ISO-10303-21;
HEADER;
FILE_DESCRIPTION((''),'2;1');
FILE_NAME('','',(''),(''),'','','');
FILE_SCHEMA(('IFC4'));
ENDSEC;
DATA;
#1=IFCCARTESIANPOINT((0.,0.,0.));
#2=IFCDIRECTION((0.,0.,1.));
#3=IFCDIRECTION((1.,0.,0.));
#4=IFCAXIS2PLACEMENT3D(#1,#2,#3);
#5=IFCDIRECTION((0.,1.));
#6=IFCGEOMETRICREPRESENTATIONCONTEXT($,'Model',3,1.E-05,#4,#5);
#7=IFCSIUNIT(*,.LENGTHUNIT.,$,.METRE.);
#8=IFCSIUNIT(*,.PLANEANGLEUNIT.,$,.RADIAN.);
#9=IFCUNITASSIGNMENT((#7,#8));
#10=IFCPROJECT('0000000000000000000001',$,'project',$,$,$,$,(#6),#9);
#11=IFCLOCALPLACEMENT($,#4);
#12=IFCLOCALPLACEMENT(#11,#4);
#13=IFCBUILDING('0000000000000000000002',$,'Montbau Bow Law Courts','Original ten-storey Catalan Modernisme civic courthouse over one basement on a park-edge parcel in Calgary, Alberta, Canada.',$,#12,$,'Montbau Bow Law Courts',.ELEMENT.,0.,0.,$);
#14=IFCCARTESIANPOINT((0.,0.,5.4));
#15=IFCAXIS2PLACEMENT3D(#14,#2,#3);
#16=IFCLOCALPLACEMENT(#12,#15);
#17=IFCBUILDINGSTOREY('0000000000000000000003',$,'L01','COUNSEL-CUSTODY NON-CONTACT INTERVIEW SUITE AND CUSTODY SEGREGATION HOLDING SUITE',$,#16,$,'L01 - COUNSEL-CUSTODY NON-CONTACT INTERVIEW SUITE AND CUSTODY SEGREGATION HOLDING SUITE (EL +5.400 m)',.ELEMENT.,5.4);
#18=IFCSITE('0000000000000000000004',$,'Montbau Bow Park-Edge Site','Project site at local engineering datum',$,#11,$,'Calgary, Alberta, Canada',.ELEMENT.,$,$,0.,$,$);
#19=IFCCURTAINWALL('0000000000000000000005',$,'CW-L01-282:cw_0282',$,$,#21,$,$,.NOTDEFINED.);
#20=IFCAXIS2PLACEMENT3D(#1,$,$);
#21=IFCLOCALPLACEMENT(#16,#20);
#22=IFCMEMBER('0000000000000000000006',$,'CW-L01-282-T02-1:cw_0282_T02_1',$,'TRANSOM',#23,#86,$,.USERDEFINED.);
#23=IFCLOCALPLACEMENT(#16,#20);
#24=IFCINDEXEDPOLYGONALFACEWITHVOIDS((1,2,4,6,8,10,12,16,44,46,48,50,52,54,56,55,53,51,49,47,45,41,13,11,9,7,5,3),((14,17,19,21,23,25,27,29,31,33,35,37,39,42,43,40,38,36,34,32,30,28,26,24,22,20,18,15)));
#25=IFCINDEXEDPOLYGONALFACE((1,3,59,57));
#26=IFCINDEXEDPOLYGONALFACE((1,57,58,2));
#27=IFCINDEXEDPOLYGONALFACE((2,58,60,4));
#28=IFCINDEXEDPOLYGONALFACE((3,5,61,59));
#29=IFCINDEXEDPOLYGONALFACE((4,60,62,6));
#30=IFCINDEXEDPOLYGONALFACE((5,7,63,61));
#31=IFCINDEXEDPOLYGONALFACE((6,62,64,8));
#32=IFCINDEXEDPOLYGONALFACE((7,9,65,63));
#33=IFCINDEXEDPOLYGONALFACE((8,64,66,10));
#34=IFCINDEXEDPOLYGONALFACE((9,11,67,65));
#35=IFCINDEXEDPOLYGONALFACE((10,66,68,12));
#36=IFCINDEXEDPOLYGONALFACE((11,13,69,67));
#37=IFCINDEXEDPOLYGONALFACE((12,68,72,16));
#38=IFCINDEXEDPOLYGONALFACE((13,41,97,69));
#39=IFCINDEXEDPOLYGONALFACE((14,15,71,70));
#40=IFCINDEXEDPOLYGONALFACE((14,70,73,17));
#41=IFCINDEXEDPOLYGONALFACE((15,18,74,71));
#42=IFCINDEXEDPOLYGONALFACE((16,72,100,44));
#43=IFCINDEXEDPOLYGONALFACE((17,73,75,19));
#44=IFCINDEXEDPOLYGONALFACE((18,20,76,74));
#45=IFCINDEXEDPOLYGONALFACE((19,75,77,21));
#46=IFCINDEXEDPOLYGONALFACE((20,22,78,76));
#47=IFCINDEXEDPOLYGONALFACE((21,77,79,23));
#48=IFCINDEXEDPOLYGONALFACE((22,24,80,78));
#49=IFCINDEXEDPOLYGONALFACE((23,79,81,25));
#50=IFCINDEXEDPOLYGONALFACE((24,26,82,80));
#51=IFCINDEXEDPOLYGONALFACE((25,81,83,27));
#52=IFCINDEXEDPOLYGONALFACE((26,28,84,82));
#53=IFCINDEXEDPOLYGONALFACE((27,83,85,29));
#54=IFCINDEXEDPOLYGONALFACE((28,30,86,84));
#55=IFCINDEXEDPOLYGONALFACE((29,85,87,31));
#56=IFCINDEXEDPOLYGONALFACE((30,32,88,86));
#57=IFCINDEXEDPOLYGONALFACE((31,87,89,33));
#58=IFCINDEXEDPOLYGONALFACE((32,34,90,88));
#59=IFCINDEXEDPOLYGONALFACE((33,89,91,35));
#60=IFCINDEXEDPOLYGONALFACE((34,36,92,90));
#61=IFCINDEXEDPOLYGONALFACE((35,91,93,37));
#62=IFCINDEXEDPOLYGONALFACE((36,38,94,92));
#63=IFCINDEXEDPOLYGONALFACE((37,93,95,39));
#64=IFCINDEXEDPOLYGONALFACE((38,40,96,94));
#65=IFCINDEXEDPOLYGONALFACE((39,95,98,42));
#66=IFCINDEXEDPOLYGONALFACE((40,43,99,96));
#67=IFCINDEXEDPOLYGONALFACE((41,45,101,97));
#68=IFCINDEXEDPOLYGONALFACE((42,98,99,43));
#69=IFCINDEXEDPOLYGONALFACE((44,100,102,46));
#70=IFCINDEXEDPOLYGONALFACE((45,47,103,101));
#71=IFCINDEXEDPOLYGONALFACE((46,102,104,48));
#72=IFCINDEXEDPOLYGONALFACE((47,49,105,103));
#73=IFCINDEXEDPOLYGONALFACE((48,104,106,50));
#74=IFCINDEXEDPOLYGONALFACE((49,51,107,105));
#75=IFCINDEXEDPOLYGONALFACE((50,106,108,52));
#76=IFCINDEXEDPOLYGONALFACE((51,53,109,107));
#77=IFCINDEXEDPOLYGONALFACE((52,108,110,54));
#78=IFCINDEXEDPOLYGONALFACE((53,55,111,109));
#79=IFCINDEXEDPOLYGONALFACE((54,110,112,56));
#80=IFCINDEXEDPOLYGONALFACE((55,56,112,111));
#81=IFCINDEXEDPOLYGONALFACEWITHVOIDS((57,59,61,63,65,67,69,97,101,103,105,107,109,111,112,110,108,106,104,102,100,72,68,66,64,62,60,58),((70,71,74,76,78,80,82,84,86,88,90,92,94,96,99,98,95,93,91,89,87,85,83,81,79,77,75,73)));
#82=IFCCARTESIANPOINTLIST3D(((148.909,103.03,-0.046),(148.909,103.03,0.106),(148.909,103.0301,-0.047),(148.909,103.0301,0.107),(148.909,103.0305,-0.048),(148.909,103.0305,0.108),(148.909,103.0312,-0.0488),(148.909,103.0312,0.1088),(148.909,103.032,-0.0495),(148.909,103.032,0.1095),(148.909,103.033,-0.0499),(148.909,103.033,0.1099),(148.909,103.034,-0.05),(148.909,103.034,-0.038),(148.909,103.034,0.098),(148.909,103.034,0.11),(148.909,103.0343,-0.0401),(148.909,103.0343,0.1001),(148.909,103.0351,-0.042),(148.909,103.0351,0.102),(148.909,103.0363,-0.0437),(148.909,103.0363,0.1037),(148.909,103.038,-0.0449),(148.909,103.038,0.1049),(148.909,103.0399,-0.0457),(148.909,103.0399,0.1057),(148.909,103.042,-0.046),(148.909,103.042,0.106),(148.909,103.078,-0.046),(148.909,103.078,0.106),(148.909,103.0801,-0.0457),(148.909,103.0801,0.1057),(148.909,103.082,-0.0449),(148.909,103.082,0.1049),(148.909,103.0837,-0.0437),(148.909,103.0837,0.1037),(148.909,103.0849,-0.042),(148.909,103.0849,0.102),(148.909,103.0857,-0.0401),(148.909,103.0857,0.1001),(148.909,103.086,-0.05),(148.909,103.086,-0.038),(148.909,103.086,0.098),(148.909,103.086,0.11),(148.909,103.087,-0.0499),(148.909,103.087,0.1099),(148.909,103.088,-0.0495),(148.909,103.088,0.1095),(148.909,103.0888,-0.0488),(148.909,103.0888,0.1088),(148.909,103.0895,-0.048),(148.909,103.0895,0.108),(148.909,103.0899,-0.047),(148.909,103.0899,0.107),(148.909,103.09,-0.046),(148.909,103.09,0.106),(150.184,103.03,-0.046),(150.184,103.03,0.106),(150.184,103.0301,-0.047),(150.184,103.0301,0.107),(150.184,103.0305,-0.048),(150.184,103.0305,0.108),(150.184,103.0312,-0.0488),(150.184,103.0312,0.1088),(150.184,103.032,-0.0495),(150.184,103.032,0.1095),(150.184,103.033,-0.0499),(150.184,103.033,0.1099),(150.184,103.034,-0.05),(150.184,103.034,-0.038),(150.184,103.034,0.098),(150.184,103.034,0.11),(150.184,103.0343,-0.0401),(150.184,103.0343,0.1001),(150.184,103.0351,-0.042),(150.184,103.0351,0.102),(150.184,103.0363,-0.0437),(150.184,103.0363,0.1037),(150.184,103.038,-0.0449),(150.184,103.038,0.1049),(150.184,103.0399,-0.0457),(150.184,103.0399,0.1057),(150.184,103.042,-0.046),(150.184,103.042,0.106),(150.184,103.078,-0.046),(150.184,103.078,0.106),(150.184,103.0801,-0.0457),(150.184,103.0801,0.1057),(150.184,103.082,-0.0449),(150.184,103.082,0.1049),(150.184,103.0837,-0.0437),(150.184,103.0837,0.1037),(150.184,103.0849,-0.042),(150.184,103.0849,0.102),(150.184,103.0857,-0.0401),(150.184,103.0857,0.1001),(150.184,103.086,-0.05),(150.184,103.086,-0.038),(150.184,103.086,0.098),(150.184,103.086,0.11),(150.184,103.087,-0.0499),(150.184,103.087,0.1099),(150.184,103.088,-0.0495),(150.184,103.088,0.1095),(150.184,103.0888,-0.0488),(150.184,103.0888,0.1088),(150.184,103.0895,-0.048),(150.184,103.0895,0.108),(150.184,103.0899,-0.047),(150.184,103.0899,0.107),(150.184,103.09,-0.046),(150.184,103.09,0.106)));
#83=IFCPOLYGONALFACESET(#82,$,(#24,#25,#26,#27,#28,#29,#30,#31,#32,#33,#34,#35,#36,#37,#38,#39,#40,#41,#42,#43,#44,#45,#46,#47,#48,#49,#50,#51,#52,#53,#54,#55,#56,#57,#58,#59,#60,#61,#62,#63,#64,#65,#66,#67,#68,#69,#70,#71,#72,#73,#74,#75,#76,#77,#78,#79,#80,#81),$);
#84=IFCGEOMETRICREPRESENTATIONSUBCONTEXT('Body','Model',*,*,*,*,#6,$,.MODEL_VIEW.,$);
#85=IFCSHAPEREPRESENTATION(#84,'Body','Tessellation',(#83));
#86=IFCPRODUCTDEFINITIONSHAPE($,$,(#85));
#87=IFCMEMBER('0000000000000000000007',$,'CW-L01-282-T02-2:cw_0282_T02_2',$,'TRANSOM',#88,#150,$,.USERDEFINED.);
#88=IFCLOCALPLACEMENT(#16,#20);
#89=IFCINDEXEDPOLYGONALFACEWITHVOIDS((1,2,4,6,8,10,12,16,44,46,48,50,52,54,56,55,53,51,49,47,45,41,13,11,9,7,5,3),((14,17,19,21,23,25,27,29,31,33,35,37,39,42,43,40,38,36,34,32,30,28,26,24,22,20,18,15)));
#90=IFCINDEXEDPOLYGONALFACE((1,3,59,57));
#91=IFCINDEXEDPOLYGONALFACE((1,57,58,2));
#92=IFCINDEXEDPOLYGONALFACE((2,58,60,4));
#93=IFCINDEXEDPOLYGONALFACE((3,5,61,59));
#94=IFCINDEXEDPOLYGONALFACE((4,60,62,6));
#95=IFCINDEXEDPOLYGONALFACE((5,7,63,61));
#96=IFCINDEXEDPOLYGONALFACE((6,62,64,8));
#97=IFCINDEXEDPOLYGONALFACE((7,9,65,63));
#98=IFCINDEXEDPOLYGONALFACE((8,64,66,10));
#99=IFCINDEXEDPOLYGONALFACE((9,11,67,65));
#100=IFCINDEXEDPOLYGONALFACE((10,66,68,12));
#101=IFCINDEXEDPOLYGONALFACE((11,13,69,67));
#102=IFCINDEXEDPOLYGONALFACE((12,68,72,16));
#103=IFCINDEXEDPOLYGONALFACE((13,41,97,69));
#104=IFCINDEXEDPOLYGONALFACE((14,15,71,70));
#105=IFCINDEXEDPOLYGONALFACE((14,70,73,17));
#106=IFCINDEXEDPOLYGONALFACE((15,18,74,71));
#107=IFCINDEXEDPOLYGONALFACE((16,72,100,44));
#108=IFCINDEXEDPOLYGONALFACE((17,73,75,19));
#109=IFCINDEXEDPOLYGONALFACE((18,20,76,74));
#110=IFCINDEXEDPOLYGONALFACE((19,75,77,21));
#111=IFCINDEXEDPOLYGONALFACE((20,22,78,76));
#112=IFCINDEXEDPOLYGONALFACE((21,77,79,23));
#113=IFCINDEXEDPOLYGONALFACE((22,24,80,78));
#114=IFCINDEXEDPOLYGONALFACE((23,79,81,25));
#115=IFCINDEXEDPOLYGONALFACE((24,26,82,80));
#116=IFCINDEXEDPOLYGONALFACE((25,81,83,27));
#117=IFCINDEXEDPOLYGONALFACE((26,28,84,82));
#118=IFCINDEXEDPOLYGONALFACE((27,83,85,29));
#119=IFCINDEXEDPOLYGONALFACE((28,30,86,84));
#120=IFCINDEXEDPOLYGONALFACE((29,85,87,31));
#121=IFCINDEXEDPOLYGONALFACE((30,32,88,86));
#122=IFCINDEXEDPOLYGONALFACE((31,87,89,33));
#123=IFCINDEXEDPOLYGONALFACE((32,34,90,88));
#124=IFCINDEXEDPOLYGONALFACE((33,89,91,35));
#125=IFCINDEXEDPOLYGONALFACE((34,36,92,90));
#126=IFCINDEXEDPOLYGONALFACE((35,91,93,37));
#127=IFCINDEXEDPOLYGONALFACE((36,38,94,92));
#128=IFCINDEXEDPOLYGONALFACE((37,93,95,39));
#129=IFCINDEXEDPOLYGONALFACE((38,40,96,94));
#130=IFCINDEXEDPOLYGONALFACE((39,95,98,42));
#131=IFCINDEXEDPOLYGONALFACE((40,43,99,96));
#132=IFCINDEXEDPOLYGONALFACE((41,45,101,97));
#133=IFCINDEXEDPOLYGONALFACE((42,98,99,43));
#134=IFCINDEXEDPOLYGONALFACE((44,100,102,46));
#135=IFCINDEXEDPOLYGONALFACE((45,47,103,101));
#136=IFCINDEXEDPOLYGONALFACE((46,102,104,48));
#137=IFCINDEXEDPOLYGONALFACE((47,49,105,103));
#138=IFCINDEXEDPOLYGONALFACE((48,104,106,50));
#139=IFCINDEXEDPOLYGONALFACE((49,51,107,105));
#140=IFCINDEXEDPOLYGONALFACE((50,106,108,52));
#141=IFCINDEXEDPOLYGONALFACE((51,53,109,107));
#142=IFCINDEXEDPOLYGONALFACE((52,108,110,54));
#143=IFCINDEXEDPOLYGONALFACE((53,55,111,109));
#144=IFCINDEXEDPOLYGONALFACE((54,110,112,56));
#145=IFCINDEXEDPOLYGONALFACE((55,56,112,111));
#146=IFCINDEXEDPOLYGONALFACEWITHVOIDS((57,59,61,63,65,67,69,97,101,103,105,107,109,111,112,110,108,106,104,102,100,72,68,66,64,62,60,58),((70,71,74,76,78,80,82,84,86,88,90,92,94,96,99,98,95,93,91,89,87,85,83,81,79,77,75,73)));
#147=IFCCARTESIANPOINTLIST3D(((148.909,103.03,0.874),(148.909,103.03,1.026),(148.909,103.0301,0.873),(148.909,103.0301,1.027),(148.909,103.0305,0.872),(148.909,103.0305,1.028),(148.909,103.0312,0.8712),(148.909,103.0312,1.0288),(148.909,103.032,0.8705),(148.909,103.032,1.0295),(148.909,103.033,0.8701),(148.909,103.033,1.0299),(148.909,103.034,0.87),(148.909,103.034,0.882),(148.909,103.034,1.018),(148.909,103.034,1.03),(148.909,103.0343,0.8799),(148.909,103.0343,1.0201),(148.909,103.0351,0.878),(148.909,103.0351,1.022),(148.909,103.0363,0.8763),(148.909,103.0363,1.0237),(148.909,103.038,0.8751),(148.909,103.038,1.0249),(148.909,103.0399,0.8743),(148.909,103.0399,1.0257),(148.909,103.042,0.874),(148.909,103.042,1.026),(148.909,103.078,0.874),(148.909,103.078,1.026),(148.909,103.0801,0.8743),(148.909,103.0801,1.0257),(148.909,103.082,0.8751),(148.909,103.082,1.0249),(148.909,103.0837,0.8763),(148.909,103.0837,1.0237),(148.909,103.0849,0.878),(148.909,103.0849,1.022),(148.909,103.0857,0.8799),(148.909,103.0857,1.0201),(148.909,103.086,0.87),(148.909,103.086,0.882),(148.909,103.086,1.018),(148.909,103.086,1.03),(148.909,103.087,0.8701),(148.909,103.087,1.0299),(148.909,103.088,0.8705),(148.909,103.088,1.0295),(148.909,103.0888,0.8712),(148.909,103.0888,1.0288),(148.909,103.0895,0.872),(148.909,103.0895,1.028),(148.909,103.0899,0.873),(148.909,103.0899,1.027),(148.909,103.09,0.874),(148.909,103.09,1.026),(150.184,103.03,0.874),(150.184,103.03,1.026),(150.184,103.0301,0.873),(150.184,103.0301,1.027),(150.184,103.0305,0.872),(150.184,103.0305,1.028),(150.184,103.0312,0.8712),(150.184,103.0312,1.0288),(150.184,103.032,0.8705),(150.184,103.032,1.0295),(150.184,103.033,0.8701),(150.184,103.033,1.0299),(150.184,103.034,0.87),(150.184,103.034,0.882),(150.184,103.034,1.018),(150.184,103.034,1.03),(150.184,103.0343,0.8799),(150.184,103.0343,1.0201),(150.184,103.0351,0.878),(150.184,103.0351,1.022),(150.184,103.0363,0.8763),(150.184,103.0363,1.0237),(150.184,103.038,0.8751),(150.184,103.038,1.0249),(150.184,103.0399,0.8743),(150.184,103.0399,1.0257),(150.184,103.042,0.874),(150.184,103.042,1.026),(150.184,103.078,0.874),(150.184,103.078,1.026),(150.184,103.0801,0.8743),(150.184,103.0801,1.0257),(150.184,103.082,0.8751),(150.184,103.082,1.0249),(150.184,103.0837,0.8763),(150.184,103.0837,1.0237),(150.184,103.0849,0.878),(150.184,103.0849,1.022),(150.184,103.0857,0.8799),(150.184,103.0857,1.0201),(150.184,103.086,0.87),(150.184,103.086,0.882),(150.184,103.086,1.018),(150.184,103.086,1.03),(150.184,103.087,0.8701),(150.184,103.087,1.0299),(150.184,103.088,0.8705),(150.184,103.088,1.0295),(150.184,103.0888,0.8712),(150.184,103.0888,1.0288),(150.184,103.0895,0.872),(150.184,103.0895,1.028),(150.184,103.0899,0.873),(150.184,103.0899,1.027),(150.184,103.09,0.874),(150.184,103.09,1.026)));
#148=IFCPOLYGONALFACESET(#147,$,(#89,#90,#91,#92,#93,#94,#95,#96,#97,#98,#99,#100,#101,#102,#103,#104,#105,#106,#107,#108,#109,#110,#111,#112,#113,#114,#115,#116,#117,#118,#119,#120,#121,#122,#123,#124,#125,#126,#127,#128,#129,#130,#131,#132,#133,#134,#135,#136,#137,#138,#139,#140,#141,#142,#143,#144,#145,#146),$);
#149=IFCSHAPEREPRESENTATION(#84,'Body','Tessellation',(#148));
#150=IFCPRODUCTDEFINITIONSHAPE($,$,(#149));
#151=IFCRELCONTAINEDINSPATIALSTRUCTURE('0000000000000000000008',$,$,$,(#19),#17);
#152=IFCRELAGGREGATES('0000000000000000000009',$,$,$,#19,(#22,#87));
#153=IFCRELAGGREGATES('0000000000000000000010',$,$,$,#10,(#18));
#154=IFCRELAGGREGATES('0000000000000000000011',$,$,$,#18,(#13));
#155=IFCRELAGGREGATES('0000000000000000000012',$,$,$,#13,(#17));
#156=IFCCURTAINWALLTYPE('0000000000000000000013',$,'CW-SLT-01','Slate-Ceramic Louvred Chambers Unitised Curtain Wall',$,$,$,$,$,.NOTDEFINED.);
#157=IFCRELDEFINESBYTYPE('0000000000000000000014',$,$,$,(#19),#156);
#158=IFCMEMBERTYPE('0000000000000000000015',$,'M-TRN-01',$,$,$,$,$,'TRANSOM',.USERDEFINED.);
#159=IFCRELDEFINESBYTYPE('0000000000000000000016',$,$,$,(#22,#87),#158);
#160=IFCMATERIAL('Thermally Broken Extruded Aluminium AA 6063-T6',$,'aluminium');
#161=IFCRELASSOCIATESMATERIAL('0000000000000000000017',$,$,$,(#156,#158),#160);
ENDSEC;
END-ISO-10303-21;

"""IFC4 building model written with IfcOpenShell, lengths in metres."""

from ifc_helpers import new_model, si_unit, direction, frame, origin_with_axes, origin_2d_with_axis, place, context, subcontext, project, spatial, hollow_rectangle, extrude, material, material_profile, profile_set, type_object, element, aggregate, save


model = new_model("IFC4")

# Units and contexts
model_context = context("Model", 3, precision=1e-05, world=origin_with_axes(), true_north=direction((0.0, 1.0)))
body_context = subcontext(model_context, "Body", "Model", "MODEL_VIEW")
ifc_project = project(units=[si_unit("LENGTHUNIT", "METRE"), si_unit("PLANEANGLEUNIT", "RADIAN")], contexts=[model_context])

# Site, building, storey
site_placement = place(None, origin_with_axes())
site = spatial("IfcSite", under=ifc_project, at=site_placement, Name="Montbau Bow Park-Edge Site", Description="Project site at local engineering datum", LongName="Calgary, Alberta, Canada", CompositionType="ELEMENT", RefElevation=0.0)
building_placement = place(site_placement, origin_with_axes())
building = spatial("IfcBuilding", under=site, at=building_placement, Name="Montbau Bow Law Courts", Description="Original ten-storey Catalan Modernisme civic courthouse over one basement on a park-edge parcel in Calgary, Alberta, Canada.", LongName="Montbau Bow Law Courts", CompositionType="ELEMENT", ElevationOfRefHeight=0.0, ElevationOfTerrain=0.0)
storey_placement = place(building_placement, frame((0.0, 0.0, 5.4), z_axis=(0.0, 0.0, 1.0), x_axis=(1.0, 0.0, 0.0)))
storey = spatial("IfcBuildingStorey", under=building, at=storey_placement, Name="L01", Description="COUNSEL-CUSTODY NON-CONTACT INTERVIEW SUITE AND CUSTODY SEGREGATION HOLDING SUITE", LongName="L01 - COUNSEL-CUSTODY NON-CONTACT INTERVIEW SUITE AND CUSTODY SEGREGATION HOLDING SUITE (EL +5.400 m)", CompositionType="ELEMENT", Elevation=5.4)

# Curtain wall, members
ifc_material_1 = material(Name="Thermally Broken Extruded Aluminium AA 6063-T6", Category="aluminium")
curtain_wall_type = type_object("IfcCurtainWallType", Name="CW-SLT-01", Description="Slate-Ceramic Louvred Chambers Unitised Curtain Wall", PredefinedType="NOTDEFINED", material=ifc_material_1)
curtain_wall_placement = place(None, frame((147.515, 103.06, 5.4), z_axis=(0.0, 0.0, 1.0), x_axis=(1.0, 0.0, 0.0)))
curtain_wall = element("IfcCurtainWall", 1, at=curtain_wall_placement, inside=storey, type_object=curtain_wall_type, Name="CW-L01-282:cw_0282", PredefinedType="NOTDEFINED")
ifc_material_profile_1 = material_profile(ifc_material_1, hollow_rectangle(XDim=0.06, YDim=0.16, WallThickness=0.004, InnerFilletRadius=0.008, OuterFilletRadius=0.004, at=origin_2d_with_axis()), Name="CWT-160X60", Category="Main", Priority=0)
ifc_profile_set_1 = profile_set([ifc_material_profile_1], Name="Thermally Broken Extruded Aluminium AA 6063-T6")
member_type_1 = type_object("IfcMemberType", Name="M-TRN-01", ElementType="TRANSOM", PredefinedType="USERDEFINED", material=ifc_profile_set_1)
member_1_placement = place(None, frame((148.909, 103.06, 5.43), z_axis=(1.0, 0.0, 0.0), x_axis=(0.0, 1.0, 0.0)))
member_1 = element("IfcMember", 2, at=member_1_placement, type_object=member_type_1, Name="CW-L01-282-T02-1:cw_0282_T02_1", ObjectType="TRANSOM", PredefinedType="USERDEFINED", context=body_context, shape_type="SweptSolid", body=[
    extrude(hollow_rectangle(XDim=0.06, YDim=0.16, WallThickness=0.004, InnerFilletRadius=0.008, OuterFilletRadius=0.004, at=origin_2d_with_axis()), origin_with_axes(), (0.0, 0.0, 1.0), 1.275),
])
member_2_placement = place(None, frame((148.909, 103.06, 6.35), z_axis=(1.0, 0.0, 0.0), x_axis=(0.0, 1.0, 0.0)))
member_2 = element("IfcMember", 3, at=member_2_placement, type_object=member_type_1, Name="CW-L01-282-T02-2:cw_0282_T02_2", ObjectType="TRANSOM", PredefinedType="USERDEFINED", context=body_context, shape_type="SweptSolid", body=[
    extrude(hollow_rectangle(XDim=0.06, YDim=0.16, WallThickness=0.004, InnerFilletRadius=0.008, OuterFilletRadius=0.004, at=origin_2d_with_axis()), origin_with_axes(), (0.0, 0.0, 1.0), 1.275),
])
aggregate(curtain_wall, [member_1, member_2])

save(model, "model.ifc")
